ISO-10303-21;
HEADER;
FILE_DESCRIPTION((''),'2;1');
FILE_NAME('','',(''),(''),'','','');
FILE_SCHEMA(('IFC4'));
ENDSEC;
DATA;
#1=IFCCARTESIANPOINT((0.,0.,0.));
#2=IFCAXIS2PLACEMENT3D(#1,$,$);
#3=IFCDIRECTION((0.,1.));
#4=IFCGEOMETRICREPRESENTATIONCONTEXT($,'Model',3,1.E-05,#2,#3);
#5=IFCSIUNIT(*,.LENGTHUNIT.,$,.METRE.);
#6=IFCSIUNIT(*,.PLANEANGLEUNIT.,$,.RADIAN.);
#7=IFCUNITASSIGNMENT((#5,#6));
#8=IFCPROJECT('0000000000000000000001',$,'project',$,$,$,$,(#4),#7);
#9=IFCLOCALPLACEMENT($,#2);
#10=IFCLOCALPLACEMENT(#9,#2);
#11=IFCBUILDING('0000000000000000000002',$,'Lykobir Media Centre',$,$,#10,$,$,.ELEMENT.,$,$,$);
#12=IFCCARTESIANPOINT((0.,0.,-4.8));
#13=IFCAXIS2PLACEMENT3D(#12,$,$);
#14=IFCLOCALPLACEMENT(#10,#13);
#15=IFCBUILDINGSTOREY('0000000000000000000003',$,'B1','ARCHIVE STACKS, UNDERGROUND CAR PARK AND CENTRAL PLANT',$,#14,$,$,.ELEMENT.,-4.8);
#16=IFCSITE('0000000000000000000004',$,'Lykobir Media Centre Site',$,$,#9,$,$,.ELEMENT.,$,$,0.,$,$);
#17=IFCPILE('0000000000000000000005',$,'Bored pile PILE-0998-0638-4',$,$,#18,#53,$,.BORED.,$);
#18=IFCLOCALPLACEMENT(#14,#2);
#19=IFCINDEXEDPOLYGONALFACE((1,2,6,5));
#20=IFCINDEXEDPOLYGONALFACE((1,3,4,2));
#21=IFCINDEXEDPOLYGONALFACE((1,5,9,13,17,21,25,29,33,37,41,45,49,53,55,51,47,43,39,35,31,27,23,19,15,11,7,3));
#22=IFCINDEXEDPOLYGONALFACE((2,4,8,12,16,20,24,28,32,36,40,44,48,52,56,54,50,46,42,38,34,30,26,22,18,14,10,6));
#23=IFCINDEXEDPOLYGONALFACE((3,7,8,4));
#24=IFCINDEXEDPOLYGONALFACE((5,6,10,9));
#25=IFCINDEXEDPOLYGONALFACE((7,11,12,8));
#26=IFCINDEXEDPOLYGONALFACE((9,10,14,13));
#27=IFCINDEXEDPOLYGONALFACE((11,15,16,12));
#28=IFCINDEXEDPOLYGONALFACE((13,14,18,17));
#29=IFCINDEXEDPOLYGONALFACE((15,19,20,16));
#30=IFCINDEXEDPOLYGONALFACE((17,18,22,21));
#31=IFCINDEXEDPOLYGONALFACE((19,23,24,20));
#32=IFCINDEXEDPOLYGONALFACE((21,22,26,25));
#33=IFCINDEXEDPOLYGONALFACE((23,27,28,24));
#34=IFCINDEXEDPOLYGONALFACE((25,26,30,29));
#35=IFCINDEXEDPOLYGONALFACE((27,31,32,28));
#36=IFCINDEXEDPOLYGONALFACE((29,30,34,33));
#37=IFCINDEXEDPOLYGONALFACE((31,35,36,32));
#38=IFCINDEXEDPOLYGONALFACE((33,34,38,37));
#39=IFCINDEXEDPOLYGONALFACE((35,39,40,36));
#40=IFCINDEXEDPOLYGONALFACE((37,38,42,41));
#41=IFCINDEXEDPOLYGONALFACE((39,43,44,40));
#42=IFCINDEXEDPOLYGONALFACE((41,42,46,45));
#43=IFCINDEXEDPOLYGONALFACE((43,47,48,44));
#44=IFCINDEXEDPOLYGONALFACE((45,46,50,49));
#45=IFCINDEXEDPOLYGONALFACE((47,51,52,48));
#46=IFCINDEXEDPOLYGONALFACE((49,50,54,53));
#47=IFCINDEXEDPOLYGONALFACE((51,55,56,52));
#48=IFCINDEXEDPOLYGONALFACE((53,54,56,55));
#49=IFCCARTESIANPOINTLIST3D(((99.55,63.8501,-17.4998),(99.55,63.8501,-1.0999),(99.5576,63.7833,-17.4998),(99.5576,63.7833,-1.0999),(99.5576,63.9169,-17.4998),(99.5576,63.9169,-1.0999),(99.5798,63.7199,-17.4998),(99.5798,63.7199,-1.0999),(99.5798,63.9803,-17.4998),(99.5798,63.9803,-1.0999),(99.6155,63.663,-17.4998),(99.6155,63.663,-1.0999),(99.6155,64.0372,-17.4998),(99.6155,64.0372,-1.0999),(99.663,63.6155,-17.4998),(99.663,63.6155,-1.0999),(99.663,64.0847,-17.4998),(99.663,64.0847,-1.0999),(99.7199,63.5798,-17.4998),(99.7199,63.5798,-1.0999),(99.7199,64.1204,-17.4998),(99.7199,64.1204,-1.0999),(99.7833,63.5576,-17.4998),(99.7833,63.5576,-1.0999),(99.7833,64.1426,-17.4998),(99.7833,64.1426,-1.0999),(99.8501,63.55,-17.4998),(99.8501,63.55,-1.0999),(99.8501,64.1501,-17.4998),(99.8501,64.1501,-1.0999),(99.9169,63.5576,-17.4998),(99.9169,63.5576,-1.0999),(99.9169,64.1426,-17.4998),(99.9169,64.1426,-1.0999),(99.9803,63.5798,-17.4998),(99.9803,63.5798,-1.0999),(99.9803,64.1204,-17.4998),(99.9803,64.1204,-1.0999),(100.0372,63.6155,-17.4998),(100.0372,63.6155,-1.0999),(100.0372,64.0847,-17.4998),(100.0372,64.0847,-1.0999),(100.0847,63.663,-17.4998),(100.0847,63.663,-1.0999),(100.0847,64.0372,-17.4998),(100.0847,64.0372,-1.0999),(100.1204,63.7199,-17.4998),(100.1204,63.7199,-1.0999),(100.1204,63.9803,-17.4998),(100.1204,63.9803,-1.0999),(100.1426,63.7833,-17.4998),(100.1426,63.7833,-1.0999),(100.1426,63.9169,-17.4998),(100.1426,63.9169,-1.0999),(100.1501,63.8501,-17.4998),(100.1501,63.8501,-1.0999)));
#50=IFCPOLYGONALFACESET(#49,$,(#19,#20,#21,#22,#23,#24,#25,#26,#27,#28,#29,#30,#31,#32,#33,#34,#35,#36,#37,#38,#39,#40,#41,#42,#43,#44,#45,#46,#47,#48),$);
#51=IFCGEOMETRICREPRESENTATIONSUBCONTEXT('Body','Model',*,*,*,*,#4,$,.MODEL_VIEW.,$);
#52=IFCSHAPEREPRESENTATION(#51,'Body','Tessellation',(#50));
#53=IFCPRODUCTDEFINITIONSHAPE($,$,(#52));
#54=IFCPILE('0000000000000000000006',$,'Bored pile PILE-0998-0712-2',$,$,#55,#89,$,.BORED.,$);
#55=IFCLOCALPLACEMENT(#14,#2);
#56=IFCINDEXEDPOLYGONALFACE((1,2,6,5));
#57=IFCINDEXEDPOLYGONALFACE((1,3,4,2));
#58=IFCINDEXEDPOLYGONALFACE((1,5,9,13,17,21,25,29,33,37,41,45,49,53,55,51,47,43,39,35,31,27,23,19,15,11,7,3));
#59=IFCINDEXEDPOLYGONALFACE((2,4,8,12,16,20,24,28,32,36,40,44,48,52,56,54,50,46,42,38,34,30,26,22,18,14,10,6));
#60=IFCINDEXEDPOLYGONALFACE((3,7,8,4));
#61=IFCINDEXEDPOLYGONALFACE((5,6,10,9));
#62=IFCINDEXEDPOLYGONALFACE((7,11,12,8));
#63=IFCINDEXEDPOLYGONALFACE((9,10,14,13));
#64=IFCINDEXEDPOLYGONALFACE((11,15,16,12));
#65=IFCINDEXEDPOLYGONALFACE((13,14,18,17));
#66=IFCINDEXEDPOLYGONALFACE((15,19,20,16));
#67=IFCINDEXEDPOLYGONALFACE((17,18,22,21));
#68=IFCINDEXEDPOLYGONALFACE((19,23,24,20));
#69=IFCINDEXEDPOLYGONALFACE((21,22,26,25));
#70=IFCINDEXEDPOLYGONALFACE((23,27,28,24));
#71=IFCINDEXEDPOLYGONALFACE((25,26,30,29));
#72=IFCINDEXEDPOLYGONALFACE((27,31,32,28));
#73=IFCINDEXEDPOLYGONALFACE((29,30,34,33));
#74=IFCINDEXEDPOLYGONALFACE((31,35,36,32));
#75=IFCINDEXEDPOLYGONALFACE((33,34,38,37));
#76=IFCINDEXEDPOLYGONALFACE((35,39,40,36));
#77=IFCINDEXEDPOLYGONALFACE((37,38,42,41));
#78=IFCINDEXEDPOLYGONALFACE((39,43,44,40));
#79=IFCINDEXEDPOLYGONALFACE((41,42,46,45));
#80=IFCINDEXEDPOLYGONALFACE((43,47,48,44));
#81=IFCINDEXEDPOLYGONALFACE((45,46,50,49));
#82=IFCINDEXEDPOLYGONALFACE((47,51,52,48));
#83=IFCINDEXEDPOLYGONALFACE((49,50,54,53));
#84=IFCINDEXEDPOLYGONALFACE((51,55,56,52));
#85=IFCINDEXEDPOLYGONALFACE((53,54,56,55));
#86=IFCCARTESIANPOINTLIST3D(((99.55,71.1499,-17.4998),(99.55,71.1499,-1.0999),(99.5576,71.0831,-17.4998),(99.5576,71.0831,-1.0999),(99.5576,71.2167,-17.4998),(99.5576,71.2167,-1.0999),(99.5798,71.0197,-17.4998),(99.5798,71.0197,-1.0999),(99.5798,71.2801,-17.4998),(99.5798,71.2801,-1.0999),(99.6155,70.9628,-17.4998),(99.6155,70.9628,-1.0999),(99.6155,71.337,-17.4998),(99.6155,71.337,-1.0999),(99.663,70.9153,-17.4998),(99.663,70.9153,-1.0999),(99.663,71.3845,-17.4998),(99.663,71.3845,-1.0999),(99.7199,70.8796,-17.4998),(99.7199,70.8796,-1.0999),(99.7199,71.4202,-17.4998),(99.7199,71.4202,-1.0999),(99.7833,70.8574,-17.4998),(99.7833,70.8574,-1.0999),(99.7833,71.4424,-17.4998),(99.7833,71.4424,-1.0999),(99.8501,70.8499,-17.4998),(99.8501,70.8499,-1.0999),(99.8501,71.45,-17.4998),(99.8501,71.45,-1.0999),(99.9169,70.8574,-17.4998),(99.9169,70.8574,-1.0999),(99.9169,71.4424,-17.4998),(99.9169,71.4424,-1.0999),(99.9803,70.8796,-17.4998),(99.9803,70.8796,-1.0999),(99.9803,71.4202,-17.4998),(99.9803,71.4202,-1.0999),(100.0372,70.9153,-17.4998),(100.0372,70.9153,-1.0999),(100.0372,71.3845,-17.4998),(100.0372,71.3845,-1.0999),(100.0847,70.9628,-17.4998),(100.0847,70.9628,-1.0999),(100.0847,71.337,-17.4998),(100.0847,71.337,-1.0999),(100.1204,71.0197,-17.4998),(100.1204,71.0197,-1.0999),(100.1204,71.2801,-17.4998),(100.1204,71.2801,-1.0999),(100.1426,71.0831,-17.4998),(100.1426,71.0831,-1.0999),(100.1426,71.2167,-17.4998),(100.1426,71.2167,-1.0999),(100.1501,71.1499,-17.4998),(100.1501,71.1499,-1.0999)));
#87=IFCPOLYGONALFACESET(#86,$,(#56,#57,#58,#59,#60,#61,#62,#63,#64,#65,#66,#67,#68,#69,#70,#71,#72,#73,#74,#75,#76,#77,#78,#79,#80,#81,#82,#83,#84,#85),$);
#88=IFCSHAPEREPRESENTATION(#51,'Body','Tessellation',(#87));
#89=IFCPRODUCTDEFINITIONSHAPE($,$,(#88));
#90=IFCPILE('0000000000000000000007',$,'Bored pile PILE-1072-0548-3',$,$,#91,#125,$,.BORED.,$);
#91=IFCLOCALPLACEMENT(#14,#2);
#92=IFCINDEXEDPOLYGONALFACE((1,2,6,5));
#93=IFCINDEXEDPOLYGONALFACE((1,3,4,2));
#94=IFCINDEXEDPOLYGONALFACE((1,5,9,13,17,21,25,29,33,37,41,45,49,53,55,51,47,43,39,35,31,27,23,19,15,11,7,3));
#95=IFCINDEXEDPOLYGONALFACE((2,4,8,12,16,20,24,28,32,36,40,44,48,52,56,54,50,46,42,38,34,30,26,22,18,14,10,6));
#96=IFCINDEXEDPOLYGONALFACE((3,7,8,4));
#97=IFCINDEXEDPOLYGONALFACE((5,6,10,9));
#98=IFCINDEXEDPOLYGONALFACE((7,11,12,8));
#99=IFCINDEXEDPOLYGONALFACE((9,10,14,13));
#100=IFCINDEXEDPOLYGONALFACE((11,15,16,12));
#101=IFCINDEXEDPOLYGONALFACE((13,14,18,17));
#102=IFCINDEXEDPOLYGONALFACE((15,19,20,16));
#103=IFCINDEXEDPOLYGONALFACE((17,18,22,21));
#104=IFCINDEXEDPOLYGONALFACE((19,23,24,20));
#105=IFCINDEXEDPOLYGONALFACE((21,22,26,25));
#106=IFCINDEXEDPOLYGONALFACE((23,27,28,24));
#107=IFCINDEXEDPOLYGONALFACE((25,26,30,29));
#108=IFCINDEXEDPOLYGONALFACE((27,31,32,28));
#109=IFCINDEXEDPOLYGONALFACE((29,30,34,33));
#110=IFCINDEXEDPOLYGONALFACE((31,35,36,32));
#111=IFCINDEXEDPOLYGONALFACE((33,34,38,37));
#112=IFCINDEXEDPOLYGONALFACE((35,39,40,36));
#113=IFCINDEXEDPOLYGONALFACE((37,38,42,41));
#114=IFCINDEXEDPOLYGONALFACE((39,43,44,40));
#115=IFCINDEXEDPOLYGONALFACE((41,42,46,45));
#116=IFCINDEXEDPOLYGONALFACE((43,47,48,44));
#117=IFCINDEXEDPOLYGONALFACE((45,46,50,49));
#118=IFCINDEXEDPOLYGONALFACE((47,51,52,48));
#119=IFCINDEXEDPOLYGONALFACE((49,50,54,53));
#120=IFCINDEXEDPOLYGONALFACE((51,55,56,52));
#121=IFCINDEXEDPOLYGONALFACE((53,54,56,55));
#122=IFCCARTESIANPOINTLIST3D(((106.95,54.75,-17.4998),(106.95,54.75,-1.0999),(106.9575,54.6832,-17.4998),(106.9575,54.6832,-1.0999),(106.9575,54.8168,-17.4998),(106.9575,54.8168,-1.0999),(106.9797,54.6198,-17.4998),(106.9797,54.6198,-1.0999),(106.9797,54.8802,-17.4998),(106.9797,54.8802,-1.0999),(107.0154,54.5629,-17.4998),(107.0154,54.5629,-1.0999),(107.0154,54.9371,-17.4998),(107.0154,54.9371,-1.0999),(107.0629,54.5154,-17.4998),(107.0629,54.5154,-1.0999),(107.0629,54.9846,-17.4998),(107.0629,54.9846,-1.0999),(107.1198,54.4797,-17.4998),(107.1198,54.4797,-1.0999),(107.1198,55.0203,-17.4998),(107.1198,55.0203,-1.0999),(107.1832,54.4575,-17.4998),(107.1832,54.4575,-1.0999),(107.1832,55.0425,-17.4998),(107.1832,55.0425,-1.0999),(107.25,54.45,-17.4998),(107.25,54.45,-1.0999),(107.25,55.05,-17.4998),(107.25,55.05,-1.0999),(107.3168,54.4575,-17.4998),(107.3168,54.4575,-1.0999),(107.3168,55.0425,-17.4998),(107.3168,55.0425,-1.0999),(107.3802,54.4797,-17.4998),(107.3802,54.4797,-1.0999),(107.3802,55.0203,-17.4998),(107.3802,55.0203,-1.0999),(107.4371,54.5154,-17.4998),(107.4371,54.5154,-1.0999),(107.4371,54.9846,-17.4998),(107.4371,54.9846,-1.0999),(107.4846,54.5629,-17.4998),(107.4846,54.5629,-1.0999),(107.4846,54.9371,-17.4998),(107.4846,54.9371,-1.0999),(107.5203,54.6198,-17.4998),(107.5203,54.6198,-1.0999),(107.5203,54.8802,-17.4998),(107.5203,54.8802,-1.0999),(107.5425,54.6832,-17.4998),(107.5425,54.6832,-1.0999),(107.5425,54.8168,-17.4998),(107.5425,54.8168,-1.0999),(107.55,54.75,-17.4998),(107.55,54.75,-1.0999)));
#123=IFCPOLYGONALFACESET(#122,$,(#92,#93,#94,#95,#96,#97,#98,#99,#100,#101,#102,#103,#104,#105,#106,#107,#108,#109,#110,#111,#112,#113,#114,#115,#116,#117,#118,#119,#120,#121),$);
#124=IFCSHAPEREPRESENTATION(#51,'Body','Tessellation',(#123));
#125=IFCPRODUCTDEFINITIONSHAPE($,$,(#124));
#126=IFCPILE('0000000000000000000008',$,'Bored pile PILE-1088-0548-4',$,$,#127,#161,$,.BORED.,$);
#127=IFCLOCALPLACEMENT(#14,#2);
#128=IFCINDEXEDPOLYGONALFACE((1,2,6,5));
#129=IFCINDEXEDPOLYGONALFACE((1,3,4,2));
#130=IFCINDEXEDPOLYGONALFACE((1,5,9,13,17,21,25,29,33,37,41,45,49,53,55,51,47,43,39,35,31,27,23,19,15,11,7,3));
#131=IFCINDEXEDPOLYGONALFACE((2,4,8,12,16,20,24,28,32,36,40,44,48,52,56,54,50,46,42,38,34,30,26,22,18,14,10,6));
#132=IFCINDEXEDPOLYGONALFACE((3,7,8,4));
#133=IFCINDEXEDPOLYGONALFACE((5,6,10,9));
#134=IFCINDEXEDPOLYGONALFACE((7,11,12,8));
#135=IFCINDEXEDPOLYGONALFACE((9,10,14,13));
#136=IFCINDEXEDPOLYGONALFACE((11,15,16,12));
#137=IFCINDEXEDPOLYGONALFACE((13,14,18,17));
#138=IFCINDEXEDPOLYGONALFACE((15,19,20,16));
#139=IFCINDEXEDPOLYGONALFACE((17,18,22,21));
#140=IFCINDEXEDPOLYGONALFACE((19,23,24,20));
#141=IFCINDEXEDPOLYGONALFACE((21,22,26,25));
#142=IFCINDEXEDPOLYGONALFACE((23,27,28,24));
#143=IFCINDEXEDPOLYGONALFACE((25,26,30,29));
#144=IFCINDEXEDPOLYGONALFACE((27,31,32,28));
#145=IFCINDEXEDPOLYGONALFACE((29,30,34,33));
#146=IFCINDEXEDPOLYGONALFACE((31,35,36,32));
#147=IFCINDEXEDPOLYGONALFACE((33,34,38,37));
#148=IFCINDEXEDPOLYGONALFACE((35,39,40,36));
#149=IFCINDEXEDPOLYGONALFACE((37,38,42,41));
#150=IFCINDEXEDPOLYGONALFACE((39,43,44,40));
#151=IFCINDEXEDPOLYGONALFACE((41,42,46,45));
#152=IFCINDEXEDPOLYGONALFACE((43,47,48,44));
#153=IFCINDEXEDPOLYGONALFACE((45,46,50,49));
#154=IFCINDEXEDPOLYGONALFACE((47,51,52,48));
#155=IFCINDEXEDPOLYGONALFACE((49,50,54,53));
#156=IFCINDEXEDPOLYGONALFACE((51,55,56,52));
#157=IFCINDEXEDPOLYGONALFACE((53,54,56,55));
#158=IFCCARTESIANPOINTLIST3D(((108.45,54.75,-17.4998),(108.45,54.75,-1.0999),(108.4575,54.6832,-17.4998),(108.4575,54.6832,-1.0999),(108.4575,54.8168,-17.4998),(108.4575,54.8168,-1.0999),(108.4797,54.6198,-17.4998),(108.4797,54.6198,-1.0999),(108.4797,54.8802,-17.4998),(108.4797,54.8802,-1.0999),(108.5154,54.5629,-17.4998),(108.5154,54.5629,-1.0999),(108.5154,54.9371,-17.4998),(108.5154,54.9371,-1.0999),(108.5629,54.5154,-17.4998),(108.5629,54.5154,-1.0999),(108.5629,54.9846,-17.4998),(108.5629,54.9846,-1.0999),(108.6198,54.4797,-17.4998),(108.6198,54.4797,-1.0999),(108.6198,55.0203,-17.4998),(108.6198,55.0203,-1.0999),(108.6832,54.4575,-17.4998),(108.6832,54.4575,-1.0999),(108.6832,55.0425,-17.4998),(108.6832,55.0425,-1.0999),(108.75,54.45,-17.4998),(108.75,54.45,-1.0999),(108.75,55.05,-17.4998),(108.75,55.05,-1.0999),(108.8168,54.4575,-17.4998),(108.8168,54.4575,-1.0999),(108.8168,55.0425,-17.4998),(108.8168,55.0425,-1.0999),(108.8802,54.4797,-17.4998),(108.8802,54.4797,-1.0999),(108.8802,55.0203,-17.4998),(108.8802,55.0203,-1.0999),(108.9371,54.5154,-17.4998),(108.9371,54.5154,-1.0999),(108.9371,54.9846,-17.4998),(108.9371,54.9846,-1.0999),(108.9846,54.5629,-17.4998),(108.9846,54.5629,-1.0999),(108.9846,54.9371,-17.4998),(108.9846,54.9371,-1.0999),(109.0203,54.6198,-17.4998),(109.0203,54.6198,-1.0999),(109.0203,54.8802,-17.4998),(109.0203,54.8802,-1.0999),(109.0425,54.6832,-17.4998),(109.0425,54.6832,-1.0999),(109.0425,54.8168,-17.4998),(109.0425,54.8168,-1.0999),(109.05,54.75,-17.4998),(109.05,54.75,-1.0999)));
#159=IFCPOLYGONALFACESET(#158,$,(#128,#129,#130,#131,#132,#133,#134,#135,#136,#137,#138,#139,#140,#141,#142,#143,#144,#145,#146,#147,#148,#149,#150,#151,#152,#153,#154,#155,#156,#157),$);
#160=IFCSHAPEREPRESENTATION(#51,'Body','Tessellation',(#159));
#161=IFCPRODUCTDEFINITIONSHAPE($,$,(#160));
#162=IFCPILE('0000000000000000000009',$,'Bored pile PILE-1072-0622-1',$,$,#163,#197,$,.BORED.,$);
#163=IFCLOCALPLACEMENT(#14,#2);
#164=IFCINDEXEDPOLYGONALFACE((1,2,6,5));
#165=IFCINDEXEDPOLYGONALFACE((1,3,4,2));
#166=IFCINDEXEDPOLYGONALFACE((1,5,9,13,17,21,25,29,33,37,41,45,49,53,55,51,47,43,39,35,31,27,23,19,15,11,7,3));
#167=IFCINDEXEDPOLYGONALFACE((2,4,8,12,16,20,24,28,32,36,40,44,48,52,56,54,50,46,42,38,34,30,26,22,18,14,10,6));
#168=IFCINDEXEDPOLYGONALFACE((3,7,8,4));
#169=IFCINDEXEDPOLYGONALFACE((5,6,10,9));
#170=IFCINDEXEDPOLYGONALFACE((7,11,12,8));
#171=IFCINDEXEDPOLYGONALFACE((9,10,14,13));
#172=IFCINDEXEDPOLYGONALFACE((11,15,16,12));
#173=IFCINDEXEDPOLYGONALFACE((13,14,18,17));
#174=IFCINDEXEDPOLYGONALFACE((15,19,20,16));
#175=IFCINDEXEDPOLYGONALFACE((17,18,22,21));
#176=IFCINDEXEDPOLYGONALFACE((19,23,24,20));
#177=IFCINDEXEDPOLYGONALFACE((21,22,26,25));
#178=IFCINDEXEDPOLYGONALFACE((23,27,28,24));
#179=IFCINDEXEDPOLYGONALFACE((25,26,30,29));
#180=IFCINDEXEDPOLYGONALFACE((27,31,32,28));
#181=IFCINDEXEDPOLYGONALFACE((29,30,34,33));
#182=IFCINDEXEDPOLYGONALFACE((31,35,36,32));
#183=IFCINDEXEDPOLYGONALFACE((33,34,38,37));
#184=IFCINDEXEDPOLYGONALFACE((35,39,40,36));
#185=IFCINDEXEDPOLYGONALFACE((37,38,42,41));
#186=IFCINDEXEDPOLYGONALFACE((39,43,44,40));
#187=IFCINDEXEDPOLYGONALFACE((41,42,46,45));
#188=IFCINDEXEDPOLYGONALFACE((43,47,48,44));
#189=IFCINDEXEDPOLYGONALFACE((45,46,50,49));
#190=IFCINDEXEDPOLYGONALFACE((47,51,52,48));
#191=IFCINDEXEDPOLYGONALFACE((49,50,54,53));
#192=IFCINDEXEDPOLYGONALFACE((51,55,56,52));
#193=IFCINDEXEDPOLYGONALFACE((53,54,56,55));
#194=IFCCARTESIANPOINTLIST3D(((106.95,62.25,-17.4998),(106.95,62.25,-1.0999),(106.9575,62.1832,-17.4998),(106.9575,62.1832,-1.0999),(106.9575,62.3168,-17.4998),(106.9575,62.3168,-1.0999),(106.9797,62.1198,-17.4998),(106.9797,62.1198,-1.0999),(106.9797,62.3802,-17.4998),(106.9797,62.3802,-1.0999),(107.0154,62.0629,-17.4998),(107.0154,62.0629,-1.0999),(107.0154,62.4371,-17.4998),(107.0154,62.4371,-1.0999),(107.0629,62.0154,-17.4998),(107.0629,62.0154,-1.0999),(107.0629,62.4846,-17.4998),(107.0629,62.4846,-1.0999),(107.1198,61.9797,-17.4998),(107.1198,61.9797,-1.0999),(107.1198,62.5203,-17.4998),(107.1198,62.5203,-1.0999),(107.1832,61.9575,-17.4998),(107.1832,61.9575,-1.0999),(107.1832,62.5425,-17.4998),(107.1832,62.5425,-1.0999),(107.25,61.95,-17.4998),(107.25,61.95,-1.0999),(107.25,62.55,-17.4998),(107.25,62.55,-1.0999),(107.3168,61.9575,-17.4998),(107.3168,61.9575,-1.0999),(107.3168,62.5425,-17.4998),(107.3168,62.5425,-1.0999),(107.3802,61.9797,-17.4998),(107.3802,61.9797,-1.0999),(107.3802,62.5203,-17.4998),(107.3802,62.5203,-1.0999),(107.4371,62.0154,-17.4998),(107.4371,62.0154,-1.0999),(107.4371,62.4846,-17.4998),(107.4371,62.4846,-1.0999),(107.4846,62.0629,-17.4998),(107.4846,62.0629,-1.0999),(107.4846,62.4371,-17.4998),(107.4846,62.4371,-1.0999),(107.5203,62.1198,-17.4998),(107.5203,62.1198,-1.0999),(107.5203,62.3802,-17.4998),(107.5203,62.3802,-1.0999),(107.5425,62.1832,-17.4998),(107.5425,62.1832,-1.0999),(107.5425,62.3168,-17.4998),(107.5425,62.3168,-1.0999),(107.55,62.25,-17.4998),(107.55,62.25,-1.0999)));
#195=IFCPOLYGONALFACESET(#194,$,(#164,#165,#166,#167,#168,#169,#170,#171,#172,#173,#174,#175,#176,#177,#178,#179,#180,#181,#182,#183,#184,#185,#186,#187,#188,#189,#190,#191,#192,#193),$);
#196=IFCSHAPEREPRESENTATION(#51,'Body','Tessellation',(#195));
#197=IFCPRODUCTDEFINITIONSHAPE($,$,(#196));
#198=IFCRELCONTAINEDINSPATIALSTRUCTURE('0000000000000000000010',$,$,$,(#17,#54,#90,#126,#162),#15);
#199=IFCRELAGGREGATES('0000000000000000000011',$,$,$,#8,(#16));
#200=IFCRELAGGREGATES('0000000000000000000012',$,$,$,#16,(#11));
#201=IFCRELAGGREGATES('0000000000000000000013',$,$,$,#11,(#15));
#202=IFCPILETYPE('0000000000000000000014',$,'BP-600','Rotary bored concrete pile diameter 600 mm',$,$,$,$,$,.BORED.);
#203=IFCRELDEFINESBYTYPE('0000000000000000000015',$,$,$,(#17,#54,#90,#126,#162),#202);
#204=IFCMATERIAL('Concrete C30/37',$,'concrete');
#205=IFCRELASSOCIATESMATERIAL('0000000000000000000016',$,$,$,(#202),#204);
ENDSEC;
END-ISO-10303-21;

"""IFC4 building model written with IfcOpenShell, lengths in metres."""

from ifc_helpers import new_model, si_unit, direction, frame, origin, origin_2d, place, context, subcontext, project, spatial, circle, extrude, material, material_profile, profile_set, type_object, element, save


model = new_model("IFC4")

# Units and contexts
model_context = context("Model", 3, precision=1e-05, world=origin(), true_north=direction((0.0, 1.0)))
body_context = subcontext(model_context, "Body", "Model", "MODEL_VIEW")
ifc_project = project(units=[si_unit("LENGTHUNIT", "METRE"), si_unit("PLANEANGLEUNIT", "RADIAN")], contexts=[model_context])

# Site, building, storey
site_placement = place(None, origin())
site = spatial("IfcSite", under=ifc_project, at=site_placement, Name="Lykobir Media Centre Site", CompositionType="ELEMENT", RefElevation=0.0)
building_placement = place(site_placement, origin())
building = spatial("IfcBuilding", under=site, at=building_placement, Name="Lykobir Media Centre", CompositionType="ELEMENT")
storey_placement = place(building_placement, frame((0.0, 0.0, -4.8)))
storey = spatial("IfcBuildingStorey", under=building, at=storey_placement, Name="B1", Description="ARCHIVE STACKS, UNDERGROUND CAR PARK AND CENTRAL PLANT", CompositionType="ELEMENT", Elevation=-4.8)

# Piles
ifc_material_1 = material(Name="Concrete C30/37", Category="concrete")
ifc_material_profile_1 = material_profile(ifc_material_1, circle(Radius=0.3, at=origin_2d()), Name="BORED PILE D600")
ifc_profile_set_1 = profile_set([ifc_material_profile_1], Name="Concrete C30/37")
pile_type = type_object("IfcPileType", Name="BP-600", Description="Rotary bored concrete pile diameter 600 mm", PredefinedType="BORED", material=ifc_profile_set_1)
for number, where, z_axis, x_axis, name in (
    (1, (99.8501, 63.8501, -1.0999), (0.0, 0.0, -1.0), (1.0, 0.0, 0.0), "Bored pile PILE-0998-0638-4"),
    (2, (99.8501, 71.1499, -1.0999), (0.0, 0.0, -1.0), (1.0, 0.0, 0.0), "Bored pile PILE-0998-0712-2"),
    (3, (107.25, 54.75, -1.0999), (0.0, 0.0, -1.0), (1.0, 0.0, 0.0), "Bored pile PILE-1072-0548-3"),
    (4, (108.75, 54.75, -1.0999), (0.0, 0.0, -1.0), (1.0, 0.0, 0.0), "Bored pile PILE-1088-0548-4"),
    (5, (107.25, 62.25, -1.0999), (0.0, 0.0, -1.0), (1.0, 0.0, 0.0), "Bored pile PILE-1072-0622-1"),
):
    element("IfcPile", number, at=place(storey_placement, frame(where, z_axis=z_axis, x_axis=x_axis)), inside=storey, type_object=pile_type, Name=name, PredefinedType="BORED", context=body_context, shape_type="SweptSolid", body=[
        extrude(circle(Radius=0.3, at=origin_2d()), origin(), (0.0, 0.0, 1.0), 16.3999),
    ])

save(model, "model.ifc")
